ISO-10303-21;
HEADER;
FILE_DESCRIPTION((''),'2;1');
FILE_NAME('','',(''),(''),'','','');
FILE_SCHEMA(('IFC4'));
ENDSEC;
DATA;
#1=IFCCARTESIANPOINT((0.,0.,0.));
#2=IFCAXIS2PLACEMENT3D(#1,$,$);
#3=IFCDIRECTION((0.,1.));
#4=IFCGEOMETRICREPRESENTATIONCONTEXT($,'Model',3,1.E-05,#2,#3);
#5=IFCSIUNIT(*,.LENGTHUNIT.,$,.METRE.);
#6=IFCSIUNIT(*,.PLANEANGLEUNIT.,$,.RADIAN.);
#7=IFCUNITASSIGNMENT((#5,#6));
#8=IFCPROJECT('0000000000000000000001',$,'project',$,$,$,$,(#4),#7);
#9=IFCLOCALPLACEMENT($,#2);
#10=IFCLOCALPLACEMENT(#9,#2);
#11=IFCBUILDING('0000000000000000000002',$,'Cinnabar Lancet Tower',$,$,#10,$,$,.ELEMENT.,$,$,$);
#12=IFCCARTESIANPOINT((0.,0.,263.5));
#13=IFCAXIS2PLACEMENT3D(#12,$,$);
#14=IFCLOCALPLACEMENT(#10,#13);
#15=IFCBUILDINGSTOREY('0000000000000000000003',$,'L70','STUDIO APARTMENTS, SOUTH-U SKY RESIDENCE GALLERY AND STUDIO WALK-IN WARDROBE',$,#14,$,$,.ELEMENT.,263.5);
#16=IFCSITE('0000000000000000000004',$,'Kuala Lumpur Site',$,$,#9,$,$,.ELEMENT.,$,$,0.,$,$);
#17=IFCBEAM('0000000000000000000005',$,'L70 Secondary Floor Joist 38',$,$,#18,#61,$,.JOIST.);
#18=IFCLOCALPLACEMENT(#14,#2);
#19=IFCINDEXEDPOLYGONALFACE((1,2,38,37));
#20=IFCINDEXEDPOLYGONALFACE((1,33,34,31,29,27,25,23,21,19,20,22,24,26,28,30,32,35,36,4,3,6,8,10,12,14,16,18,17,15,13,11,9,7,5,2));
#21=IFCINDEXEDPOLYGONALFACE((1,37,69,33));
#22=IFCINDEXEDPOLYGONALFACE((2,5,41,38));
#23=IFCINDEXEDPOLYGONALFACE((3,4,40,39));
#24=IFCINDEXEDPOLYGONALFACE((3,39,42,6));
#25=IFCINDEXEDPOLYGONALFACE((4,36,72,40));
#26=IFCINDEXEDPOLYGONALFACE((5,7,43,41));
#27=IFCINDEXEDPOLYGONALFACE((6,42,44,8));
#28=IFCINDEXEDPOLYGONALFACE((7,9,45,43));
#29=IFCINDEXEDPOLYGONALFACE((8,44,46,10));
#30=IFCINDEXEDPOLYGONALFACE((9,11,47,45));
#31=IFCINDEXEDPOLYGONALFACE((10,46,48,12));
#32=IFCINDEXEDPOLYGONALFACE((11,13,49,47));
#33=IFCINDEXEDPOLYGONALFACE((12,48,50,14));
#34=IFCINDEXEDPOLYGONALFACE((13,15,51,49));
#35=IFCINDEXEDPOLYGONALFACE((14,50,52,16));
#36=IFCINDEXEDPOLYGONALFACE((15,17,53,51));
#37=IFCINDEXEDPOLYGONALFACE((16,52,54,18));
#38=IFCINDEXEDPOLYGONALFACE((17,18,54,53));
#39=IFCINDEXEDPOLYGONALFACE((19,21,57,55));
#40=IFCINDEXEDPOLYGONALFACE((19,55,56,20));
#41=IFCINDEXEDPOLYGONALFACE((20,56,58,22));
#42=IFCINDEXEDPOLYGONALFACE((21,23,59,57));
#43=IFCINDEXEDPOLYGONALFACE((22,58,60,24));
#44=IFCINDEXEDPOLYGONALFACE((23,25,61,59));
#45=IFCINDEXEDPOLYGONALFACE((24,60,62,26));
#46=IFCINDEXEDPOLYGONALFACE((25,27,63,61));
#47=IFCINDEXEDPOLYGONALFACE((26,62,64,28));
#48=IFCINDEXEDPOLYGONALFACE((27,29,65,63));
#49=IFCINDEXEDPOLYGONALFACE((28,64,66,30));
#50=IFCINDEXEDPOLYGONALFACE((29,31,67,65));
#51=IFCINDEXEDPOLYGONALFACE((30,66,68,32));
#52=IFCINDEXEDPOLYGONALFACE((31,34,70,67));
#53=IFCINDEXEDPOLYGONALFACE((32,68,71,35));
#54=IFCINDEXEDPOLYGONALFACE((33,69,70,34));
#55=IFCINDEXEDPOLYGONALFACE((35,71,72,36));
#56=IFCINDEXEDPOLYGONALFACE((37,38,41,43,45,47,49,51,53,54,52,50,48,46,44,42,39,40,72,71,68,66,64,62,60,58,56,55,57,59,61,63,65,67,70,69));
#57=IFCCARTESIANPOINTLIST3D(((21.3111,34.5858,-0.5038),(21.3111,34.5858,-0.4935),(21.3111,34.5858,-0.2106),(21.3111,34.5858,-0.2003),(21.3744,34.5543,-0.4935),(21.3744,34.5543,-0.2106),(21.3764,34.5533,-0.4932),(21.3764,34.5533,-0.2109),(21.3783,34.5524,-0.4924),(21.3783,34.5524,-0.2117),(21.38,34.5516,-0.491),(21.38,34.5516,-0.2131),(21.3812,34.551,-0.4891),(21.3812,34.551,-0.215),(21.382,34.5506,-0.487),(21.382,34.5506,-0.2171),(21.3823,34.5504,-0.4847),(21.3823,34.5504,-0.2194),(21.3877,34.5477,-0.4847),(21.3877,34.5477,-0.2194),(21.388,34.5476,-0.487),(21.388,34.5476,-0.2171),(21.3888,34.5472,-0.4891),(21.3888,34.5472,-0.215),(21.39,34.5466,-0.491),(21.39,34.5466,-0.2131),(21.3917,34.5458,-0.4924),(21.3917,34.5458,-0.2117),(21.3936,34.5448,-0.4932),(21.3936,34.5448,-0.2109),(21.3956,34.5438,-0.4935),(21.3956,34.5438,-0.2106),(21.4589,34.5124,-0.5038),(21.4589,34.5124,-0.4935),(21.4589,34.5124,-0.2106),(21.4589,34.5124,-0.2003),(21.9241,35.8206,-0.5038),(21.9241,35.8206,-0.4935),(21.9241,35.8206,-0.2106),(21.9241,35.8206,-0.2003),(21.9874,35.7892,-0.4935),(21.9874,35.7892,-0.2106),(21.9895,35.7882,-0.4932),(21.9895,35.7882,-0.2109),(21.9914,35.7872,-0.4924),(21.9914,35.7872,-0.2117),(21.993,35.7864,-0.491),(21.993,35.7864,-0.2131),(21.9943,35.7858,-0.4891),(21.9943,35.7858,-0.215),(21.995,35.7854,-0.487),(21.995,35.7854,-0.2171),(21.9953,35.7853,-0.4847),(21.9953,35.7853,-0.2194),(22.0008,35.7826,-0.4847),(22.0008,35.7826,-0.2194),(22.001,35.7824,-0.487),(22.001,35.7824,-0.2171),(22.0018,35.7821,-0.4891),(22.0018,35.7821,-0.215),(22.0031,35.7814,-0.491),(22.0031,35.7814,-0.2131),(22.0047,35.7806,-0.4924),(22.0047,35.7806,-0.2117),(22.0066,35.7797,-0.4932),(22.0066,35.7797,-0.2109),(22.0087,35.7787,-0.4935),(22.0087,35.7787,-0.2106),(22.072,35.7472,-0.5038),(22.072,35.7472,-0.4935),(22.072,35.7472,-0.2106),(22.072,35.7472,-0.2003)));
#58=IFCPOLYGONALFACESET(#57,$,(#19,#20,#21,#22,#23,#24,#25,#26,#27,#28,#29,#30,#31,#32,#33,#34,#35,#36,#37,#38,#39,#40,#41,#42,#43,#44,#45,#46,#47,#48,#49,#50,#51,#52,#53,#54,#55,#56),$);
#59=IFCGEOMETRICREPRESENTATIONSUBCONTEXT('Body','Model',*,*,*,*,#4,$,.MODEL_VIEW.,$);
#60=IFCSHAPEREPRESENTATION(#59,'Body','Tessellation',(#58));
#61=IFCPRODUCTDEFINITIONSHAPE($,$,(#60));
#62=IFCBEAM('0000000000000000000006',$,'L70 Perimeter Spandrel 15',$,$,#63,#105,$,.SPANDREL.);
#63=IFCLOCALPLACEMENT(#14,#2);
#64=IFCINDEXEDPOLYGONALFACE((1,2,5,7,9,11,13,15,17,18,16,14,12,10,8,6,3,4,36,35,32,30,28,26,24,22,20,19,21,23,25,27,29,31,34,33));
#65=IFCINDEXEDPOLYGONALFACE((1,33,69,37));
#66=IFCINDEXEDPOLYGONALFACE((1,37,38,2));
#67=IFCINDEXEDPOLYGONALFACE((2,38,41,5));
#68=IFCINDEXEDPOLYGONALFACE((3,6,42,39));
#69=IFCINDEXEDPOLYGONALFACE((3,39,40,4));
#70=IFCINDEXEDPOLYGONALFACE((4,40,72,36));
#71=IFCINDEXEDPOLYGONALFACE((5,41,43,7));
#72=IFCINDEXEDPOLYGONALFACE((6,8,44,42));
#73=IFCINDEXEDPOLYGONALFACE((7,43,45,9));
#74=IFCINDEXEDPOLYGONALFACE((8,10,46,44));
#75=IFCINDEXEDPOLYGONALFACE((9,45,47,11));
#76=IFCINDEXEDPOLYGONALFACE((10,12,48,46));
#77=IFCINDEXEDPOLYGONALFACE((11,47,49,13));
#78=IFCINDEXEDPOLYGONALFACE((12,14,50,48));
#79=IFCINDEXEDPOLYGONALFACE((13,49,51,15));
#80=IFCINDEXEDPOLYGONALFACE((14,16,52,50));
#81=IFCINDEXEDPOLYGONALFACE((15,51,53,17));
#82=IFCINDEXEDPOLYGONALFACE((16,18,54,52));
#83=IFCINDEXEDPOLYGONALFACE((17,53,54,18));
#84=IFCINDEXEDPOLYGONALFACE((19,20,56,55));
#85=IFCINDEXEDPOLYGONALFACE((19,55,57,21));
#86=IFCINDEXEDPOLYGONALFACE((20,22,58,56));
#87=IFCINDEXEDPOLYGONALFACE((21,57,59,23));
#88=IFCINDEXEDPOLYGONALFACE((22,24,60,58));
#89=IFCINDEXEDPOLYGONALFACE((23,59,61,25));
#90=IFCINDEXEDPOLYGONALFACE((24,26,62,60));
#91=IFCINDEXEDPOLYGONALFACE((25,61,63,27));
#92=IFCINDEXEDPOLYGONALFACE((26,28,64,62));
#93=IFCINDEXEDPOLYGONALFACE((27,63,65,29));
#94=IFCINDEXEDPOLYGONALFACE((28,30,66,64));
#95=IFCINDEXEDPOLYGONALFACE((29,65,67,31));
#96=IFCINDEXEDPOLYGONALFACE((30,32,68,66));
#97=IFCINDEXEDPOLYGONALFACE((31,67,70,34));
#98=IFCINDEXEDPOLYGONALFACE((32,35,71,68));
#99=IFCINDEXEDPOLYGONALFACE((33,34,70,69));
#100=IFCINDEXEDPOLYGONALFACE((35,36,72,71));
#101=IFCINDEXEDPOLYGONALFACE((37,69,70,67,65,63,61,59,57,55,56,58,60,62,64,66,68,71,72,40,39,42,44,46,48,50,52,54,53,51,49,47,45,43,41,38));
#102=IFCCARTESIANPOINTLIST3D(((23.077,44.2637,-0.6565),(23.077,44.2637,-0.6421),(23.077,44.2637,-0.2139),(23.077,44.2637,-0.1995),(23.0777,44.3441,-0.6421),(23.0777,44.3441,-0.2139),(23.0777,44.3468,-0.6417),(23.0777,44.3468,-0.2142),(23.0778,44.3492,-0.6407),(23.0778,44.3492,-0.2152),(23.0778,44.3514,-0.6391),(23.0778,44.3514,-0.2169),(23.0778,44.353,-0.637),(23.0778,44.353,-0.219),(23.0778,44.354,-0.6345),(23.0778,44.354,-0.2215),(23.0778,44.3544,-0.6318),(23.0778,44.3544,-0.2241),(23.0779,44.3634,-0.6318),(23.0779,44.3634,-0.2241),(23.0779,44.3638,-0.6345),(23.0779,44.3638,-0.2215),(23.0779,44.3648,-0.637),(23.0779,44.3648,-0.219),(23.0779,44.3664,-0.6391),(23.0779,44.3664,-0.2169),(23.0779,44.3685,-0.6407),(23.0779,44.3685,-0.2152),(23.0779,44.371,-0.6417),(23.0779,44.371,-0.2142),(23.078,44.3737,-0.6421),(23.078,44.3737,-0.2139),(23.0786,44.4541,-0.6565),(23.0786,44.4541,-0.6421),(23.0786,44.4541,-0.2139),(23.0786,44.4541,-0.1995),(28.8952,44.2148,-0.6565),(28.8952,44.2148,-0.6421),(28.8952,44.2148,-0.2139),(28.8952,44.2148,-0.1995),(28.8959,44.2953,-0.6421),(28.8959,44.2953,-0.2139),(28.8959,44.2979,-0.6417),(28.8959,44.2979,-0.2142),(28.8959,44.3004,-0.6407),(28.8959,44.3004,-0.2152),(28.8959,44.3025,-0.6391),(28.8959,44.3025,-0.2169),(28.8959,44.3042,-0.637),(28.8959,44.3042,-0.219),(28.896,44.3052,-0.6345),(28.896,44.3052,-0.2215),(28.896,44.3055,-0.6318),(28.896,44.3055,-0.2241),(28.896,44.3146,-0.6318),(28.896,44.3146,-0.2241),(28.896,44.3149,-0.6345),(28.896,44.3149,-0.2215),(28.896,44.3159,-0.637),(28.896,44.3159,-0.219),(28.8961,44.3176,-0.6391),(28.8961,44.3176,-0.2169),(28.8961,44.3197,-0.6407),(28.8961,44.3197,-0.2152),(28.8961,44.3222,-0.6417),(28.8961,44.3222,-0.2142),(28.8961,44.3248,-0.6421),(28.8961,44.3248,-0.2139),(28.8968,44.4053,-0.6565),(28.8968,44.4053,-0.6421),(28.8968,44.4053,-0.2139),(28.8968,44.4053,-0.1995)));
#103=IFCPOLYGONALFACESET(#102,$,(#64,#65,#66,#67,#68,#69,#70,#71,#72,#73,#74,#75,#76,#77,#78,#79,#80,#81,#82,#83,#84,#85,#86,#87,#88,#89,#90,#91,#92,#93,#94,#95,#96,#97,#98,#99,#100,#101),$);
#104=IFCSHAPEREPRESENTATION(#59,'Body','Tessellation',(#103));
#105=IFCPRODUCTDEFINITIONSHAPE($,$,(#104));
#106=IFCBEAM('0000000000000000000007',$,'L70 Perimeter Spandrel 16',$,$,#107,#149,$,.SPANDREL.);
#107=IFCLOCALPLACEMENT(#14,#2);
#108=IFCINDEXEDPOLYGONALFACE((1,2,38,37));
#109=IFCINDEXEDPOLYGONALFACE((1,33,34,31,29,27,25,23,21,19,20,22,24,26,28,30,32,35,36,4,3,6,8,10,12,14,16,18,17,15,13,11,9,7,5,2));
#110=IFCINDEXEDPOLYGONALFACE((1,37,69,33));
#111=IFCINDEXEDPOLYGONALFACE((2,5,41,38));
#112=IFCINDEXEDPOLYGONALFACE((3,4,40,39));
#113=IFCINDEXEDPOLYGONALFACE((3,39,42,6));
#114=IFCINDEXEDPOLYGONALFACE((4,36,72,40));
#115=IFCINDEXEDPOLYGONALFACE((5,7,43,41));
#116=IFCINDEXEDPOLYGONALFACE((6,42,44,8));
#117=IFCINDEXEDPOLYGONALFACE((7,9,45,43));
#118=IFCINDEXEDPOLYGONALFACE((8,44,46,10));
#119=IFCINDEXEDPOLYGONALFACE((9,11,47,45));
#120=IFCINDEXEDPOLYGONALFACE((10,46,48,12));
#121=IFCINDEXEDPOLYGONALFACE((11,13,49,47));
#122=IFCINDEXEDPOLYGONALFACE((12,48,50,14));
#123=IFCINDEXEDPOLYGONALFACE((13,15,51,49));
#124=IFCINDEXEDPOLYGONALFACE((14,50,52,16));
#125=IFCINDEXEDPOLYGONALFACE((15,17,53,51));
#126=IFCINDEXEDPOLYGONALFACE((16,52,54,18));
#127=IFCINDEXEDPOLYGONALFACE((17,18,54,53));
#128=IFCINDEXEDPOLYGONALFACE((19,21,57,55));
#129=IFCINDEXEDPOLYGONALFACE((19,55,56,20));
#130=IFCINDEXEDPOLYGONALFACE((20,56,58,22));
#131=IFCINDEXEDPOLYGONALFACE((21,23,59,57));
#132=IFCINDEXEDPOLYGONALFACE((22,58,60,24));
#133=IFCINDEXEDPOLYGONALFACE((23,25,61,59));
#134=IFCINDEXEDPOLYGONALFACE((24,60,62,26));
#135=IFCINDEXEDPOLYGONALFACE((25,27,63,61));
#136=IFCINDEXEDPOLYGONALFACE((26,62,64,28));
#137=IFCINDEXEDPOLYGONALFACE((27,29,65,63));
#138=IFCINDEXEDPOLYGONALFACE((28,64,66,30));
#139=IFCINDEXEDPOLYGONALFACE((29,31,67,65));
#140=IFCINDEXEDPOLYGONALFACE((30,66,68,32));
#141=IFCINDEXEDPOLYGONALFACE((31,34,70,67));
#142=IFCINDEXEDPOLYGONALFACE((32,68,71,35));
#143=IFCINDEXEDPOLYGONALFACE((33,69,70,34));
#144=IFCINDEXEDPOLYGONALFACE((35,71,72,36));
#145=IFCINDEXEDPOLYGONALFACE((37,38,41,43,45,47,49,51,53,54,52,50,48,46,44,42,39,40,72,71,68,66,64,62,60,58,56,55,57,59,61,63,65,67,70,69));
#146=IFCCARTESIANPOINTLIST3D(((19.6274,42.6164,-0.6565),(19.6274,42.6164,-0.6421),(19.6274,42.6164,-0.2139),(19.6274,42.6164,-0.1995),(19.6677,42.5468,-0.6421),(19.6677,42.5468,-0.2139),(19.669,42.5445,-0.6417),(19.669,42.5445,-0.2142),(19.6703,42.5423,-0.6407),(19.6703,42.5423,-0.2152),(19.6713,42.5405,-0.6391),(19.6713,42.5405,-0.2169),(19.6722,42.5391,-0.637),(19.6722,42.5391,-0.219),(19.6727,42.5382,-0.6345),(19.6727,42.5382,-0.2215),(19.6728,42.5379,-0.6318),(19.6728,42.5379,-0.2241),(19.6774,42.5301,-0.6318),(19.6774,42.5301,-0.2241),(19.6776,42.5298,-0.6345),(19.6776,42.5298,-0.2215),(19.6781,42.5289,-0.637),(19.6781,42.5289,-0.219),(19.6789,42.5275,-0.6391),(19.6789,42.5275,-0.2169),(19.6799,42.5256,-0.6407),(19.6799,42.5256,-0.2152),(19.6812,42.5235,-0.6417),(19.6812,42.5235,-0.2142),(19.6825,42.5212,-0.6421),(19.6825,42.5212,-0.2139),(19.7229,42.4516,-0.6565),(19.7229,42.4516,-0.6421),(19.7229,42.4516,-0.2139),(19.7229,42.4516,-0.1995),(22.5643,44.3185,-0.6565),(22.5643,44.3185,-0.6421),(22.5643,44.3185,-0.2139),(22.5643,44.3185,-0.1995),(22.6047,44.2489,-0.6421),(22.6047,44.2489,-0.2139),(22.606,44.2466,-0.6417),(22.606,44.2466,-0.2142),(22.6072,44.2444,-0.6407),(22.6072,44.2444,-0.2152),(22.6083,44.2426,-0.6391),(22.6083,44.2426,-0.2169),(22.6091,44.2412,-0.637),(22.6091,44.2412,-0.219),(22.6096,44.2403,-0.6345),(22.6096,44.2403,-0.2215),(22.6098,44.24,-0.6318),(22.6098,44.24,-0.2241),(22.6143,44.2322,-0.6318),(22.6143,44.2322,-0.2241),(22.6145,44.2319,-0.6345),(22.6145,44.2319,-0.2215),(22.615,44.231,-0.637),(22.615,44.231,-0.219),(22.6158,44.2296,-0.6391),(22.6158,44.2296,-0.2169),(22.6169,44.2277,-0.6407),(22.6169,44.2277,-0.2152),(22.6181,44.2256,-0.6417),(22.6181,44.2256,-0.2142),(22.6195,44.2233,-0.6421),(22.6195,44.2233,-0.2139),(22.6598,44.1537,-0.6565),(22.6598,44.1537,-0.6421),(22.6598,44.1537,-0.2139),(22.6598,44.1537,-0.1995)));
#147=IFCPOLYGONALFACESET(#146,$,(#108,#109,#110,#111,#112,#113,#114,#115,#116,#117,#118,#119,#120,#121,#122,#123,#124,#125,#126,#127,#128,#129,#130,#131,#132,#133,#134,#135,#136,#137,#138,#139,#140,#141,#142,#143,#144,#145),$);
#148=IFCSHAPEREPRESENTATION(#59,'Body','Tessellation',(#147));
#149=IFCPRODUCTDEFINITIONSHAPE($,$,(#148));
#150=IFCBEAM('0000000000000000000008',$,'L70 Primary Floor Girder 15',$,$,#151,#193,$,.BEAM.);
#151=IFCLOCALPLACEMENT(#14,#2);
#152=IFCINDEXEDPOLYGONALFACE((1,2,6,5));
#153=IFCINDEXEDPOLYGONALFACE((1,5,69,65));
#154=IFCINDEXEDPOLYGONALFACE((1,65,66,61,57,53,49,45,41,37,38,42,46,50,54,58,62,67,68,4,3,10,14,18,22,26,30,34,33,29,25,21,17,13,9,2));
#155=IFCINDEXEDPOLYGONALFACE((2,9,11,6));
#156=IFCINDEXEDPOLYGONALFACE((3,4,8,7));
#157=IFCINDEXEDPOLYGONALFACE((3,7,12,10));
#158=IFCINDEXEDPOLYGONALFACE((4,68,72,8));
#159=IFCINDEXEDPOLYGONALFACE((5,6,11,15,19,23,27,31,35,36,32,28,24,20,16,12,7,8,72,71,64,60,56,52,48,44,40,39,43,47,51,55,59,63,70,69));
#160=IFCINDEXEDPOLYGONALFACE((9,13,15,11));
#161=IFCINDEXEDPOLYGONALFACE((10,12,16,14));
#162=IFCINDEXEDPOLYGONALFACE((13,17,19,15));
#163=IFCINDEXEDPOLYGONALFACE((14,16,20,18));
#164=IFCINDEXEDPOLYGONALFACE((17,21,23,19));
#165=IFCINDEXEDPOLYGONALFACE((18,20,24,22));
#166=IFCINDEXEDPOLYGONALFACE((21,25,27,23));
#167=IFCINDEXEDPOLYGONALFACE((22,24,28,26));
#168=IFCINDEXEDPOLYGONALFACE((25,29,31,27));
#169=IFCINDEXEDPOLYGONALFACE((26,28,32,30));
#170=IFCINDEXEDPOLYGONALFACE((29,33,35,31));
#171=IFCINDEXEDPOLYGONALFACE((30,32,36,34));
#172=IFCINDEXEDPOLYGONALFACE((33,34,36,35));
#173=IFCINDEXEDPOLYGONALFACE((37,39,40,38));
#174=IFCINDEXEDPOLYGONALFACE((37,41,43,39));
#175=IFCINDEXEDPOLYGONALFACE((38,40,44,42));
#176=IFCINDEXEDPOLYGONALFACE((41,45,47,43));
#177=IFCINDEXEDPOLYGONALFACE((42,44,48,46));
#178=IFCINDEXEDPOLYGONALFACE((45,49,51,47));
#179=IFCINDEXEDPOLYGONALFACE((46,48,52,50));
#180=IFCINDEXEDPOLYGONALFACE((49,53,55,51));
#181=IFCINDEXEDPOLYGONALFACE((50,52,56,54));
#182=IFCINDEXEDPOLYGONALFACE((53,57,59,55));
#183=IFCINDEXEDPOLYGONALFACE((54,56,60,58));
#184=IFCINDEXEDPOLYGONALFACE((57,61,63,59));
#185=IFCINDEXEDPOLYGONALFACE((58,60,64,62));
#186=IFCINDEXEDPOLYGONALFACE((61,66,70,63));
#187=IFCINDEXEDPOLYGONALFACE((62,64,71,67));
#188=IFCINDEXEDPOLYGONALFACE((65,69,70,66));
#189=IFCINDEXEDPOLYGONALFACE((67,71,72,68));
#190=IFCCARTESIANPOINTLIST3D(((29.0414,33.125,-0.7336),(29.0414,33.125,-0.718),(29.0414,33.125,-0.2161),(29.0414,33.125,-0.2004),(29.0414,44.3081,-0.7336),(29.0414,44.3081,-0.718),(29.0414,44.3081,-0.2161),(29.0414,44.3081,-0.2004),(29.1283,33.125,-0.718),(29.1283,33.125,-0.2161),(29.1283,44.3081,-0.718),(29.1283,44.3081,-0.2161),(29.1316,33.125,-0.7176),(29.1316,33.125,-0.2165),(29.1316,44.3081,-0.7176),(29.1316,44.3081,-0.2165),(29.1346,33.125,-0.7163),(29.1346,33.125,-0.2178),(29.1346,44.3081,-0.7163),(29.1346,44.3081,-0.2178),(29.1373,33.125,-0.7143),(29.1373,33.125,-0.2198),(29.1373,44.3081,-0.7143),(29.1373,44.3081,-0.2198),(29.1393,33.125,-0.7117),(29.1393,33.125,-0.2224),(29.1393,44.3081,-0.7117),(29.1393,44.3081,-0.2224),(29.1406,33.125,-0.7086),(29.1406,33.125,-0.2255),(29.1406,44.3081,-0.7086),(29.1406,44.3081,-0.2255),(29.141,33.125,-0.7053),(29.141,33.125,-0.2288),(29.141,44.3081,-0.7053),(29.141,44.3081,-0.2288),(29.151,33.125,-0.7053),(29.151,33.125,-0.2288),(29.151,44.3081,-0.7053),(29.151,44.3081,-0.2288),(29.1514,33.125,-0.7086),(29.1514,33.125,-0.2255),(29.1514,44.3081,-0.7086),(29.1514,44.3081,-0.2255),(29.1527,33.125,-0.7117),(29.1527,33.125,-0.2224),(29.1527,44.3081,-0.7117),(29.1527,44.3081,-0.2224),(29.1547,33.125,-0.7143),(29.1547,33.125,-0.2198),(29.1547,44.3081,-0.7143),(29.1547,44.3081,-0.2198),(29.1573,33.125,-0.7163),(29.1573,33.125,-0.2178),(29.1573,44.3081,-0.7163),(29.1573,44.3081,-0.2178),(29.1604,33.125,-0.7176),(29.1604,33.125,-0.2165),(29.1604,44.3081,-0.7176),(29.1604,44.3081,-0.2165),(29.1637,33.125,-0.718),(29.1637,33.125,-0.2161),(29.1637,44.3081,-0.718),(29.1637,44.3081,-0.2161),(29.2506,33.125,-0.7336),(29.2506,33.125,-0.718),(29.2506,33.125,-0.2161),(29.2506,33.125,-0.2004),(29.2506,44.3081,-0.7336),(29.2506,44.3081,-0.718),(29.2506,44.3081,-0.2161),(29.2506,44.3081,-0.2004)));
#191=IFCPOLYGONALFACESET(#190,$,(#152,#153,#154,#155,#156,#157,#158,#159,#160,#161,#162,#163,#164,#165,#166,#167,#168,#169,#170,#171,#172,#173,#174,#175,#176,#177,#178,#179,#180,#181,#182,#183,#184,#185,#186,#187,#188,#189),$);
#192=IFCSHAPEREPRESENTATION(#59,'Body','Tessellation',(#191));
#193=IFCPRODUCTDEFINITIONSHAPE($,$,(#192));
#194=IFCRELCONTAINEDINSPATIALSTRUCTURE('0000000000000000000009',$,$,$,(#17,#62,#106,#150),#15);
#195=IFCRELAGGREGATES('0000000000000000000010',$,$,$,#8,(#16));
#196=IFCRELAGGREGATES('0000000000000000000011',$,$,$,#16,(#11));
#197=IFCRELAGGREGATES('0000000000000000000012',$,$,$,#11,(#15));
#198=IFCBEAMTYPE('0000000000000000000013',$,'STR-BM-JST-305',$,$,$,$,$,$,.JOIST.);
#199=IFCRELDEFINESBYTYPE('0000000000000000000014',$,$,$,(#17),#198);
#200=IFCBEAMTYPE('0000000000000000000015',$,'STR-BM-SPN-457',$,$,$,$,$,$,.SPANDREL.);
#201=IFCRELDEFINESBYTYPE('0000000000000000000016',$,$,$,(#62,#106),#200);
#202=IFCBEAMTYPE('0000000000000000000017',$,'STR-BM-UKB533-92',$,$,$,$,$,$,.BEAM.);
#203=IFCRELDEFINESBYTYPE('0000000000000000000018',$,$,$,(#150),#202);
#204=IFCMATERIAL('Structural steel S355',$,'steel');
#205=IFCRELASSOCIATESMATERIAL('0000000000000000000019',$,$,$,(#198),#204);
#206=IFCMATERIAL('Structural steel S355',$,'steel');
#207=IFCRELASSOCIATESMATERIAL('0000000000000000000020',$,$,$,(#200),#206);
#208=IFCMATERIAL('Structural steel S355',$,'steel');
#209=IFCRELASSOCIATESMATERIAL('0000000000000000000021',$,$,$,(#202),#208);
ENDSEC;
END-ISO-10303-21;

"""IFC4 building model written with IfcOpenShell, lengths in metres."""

from ifc_helpers import new_model, si_unit, direction, frame, origin, origin_2d, place, context, subcontext, project, spatial, i_section, extrude, material, material_profile, profile_set, type_object, element, save


model = new_model("IFC4")

# Units and contexts
model_context = context("Model", 3, precision=1e-05, world=origin(), true_north=direction((0.0, 1.0)))
body_context = subcontext(model_context, "Body", "Model", "MODEL_VIEW")
ifc_project = project(units=[si_unit("LENGTHUNIT", "METRE"), si_unit("PLANEANGLEUNIT", "RADIAN")], contexts=[model_context])

# Site, building, storey
site_placement = place(None, origin())
site = spatial("IfcSite", under=ifc_project, at=site_placement, Name="Kuala Lumpur Site", CompositionType="ELEMENT", RefElevation=0.0)
building_placement = place(site_placement, origin())
building = spatial("IfcBuilding", under=site, at=building_placement, Name="Cinnabar Lancet Tower", CompositionType="ELEMENT")
storey_placement = place(building_placement, frame((0.0, 0.0, 263.5)))
storey = spatial("IfcBuildingStorey", under=building, at=storey_placement, Name="L70", Description="STUDIO APARTMENTS, SOUTH-U SKY RESIDENCE GALLERY AND STUDIO WALK-IN WARDROBE", CompositionType="ELEMENT", Elevation=263.5)

# Beams
ifc_material_1 = material(Name="Structural steel S355", Category="steel")
ifc_material_profile_1 = material_profile(ifc_material_1, i_section(OverallWidth=0.165, OverallDepth=0.3035, WebThickness=0.0061, FlangeThickness=0.0103, FilletRadius=0.0088, at=origin_2d()), Name="UKB 305x165x40")
ifc_profile_set_1 = profile_set([ifc_material_profile_1], Name="Structural steel S355")
beam_type_1 = type_object("IfcBeamType", Name="STR-BM-JST-305", PredefinedType="JOIST", material=ifc_profile_set_1)
beam_1_placement = place(storey_placement, frame((21.998, 35.7839, -0.3521), z_axis=(-0.444662, -0.895699, 0.0), x_axis=(0.895699, -0.444662, 0.0)))
element("IfcBeam", 1, at=beam_1_placement, inside=storey, type_object=beam_type_1, Name="L70 Secondary Floor Joist 38", PredefinedType="JOIST", context=body_context, shape_type="SweptSolid", body=[
    extrude(i_section(OverallWidth=0.165, OverallDepth=0.3035, WebThickness=0.0061, FlangeThickness=0.0103, FilletRadius=0.0088, at=origin_2d()), origin(), (0.0, 0.0, 1.0), 1.3787),
])
ifc_material_2 = material(Name="Structural steel S355", Category="steel")
ifc_material_profile_2 = material_profile(ifc_material_2, i_section(OverallWidth=0.1904, OverallDepth=0.457, WebThickness=0.009, FlangeThickness=0.0144, FilletRadius=0.0103, at=origin_2d()), Name="UKB 457x191x74")
ifc_profile_set_2 = profile_set([ifc_material_profile_2], Name="Structural steel S355")
beam_type_2 = type_object("IfcBeamType", Name="STR-BM-SPN-457", PredefinedType="SPANDREL", material=ifc_profile_set_2)
beam_2_placement = place(storey_placement, frame((28.896, 44.3101, -0.428), z_axis=(-0.999965, 0.008392, 0.0), x_axis=(-0.008392, -0.999965, 0.0)))
element("IfcBeam", 2, at=beam_2_placement, inside=storey, type_object=beam_type_2, Name="L70 Perimeter Spandrel 15", PredefinedType="SPANDREL", context=body_context, shape_type="SweptSolid", body=[
    extrude(i_section(OverallWidth=0.1904, OverallDepth=0.457, WebThickness=0.009, FlangeThickness=0.0144, FilletRadius=0.0103, at=origin_2d()), origin(), (0.0, 0.0, 1.0), 5.8184),
])
beam_3_placement = place(storey_placement, frame((22.6121, 44.2361, -0.428), z_axis=(-0.8652, -0.501427, 0.0), x_axis=(0.501427, -0.8652, 0.0)))
element("IfcBeam", 3, at=beam_3_placement, inside=storey, type_object=beam_type_2, Name="L70 Perimeter Spandrel 16", PredefinedType="SPANDREL", context=body_context, shape_type="SweptSolid", body=[
    extrude(i_section(OverallWidth=0.1904, OverallDepth=0.457, WebThickness=0.009, FlangeThickness=0.0144, FilletRadius=0.0103, at=origin_2d()), origin(), (0.0, 0.0, 1.0), 3.3945),
])
ifc_material_3 = material(Name="Structural steel S355", Category="steel")
ifc_material_profile_3 = material_profile(ifc_material_3, i_section(OverallWidth=0.2092, OverallDepth=0.5332, WebThickness=0.01, FlangeThickness=0.0156, FilletRadius=0.0127, at=origin_2d()), Name="UKB 533x210x92")
ifc_profile_set_3 = profile_set([ifc_material_profile_3], Name="Structural steel S355")
beam_type_3 = type_object("IfcBeamType", Name="STR-BM-UKB533-92", PredefinedType="BEAM", material=ifc_profile_set_3)
beam_4_placement = place(storey_placement, frame((29.146, 44.3081, -0.467), z_axis=(0.0, -1.0, 0.0), x_axis=(1.0, 0.0, 0.0)))
element("IfcBeam", 4, at=beam_4_placement, inside=storey, type_object=beam_type_3, Name="L70 Primary Floor Girder 15", PredefinedType="BEAM", context=body_context, shape_type="SweptSolid", body=[
    extrude(i_section(OverallWidth=0.2092, OverallDepth=0.5332, WebThickness=0.01, FlangeThickness=0.0156, FilletRadius=0.0127, at=origin_2d()), origin(), (0.0, 0.0, 1.0), 11.1831),
])

save(model, "model.ifc")
